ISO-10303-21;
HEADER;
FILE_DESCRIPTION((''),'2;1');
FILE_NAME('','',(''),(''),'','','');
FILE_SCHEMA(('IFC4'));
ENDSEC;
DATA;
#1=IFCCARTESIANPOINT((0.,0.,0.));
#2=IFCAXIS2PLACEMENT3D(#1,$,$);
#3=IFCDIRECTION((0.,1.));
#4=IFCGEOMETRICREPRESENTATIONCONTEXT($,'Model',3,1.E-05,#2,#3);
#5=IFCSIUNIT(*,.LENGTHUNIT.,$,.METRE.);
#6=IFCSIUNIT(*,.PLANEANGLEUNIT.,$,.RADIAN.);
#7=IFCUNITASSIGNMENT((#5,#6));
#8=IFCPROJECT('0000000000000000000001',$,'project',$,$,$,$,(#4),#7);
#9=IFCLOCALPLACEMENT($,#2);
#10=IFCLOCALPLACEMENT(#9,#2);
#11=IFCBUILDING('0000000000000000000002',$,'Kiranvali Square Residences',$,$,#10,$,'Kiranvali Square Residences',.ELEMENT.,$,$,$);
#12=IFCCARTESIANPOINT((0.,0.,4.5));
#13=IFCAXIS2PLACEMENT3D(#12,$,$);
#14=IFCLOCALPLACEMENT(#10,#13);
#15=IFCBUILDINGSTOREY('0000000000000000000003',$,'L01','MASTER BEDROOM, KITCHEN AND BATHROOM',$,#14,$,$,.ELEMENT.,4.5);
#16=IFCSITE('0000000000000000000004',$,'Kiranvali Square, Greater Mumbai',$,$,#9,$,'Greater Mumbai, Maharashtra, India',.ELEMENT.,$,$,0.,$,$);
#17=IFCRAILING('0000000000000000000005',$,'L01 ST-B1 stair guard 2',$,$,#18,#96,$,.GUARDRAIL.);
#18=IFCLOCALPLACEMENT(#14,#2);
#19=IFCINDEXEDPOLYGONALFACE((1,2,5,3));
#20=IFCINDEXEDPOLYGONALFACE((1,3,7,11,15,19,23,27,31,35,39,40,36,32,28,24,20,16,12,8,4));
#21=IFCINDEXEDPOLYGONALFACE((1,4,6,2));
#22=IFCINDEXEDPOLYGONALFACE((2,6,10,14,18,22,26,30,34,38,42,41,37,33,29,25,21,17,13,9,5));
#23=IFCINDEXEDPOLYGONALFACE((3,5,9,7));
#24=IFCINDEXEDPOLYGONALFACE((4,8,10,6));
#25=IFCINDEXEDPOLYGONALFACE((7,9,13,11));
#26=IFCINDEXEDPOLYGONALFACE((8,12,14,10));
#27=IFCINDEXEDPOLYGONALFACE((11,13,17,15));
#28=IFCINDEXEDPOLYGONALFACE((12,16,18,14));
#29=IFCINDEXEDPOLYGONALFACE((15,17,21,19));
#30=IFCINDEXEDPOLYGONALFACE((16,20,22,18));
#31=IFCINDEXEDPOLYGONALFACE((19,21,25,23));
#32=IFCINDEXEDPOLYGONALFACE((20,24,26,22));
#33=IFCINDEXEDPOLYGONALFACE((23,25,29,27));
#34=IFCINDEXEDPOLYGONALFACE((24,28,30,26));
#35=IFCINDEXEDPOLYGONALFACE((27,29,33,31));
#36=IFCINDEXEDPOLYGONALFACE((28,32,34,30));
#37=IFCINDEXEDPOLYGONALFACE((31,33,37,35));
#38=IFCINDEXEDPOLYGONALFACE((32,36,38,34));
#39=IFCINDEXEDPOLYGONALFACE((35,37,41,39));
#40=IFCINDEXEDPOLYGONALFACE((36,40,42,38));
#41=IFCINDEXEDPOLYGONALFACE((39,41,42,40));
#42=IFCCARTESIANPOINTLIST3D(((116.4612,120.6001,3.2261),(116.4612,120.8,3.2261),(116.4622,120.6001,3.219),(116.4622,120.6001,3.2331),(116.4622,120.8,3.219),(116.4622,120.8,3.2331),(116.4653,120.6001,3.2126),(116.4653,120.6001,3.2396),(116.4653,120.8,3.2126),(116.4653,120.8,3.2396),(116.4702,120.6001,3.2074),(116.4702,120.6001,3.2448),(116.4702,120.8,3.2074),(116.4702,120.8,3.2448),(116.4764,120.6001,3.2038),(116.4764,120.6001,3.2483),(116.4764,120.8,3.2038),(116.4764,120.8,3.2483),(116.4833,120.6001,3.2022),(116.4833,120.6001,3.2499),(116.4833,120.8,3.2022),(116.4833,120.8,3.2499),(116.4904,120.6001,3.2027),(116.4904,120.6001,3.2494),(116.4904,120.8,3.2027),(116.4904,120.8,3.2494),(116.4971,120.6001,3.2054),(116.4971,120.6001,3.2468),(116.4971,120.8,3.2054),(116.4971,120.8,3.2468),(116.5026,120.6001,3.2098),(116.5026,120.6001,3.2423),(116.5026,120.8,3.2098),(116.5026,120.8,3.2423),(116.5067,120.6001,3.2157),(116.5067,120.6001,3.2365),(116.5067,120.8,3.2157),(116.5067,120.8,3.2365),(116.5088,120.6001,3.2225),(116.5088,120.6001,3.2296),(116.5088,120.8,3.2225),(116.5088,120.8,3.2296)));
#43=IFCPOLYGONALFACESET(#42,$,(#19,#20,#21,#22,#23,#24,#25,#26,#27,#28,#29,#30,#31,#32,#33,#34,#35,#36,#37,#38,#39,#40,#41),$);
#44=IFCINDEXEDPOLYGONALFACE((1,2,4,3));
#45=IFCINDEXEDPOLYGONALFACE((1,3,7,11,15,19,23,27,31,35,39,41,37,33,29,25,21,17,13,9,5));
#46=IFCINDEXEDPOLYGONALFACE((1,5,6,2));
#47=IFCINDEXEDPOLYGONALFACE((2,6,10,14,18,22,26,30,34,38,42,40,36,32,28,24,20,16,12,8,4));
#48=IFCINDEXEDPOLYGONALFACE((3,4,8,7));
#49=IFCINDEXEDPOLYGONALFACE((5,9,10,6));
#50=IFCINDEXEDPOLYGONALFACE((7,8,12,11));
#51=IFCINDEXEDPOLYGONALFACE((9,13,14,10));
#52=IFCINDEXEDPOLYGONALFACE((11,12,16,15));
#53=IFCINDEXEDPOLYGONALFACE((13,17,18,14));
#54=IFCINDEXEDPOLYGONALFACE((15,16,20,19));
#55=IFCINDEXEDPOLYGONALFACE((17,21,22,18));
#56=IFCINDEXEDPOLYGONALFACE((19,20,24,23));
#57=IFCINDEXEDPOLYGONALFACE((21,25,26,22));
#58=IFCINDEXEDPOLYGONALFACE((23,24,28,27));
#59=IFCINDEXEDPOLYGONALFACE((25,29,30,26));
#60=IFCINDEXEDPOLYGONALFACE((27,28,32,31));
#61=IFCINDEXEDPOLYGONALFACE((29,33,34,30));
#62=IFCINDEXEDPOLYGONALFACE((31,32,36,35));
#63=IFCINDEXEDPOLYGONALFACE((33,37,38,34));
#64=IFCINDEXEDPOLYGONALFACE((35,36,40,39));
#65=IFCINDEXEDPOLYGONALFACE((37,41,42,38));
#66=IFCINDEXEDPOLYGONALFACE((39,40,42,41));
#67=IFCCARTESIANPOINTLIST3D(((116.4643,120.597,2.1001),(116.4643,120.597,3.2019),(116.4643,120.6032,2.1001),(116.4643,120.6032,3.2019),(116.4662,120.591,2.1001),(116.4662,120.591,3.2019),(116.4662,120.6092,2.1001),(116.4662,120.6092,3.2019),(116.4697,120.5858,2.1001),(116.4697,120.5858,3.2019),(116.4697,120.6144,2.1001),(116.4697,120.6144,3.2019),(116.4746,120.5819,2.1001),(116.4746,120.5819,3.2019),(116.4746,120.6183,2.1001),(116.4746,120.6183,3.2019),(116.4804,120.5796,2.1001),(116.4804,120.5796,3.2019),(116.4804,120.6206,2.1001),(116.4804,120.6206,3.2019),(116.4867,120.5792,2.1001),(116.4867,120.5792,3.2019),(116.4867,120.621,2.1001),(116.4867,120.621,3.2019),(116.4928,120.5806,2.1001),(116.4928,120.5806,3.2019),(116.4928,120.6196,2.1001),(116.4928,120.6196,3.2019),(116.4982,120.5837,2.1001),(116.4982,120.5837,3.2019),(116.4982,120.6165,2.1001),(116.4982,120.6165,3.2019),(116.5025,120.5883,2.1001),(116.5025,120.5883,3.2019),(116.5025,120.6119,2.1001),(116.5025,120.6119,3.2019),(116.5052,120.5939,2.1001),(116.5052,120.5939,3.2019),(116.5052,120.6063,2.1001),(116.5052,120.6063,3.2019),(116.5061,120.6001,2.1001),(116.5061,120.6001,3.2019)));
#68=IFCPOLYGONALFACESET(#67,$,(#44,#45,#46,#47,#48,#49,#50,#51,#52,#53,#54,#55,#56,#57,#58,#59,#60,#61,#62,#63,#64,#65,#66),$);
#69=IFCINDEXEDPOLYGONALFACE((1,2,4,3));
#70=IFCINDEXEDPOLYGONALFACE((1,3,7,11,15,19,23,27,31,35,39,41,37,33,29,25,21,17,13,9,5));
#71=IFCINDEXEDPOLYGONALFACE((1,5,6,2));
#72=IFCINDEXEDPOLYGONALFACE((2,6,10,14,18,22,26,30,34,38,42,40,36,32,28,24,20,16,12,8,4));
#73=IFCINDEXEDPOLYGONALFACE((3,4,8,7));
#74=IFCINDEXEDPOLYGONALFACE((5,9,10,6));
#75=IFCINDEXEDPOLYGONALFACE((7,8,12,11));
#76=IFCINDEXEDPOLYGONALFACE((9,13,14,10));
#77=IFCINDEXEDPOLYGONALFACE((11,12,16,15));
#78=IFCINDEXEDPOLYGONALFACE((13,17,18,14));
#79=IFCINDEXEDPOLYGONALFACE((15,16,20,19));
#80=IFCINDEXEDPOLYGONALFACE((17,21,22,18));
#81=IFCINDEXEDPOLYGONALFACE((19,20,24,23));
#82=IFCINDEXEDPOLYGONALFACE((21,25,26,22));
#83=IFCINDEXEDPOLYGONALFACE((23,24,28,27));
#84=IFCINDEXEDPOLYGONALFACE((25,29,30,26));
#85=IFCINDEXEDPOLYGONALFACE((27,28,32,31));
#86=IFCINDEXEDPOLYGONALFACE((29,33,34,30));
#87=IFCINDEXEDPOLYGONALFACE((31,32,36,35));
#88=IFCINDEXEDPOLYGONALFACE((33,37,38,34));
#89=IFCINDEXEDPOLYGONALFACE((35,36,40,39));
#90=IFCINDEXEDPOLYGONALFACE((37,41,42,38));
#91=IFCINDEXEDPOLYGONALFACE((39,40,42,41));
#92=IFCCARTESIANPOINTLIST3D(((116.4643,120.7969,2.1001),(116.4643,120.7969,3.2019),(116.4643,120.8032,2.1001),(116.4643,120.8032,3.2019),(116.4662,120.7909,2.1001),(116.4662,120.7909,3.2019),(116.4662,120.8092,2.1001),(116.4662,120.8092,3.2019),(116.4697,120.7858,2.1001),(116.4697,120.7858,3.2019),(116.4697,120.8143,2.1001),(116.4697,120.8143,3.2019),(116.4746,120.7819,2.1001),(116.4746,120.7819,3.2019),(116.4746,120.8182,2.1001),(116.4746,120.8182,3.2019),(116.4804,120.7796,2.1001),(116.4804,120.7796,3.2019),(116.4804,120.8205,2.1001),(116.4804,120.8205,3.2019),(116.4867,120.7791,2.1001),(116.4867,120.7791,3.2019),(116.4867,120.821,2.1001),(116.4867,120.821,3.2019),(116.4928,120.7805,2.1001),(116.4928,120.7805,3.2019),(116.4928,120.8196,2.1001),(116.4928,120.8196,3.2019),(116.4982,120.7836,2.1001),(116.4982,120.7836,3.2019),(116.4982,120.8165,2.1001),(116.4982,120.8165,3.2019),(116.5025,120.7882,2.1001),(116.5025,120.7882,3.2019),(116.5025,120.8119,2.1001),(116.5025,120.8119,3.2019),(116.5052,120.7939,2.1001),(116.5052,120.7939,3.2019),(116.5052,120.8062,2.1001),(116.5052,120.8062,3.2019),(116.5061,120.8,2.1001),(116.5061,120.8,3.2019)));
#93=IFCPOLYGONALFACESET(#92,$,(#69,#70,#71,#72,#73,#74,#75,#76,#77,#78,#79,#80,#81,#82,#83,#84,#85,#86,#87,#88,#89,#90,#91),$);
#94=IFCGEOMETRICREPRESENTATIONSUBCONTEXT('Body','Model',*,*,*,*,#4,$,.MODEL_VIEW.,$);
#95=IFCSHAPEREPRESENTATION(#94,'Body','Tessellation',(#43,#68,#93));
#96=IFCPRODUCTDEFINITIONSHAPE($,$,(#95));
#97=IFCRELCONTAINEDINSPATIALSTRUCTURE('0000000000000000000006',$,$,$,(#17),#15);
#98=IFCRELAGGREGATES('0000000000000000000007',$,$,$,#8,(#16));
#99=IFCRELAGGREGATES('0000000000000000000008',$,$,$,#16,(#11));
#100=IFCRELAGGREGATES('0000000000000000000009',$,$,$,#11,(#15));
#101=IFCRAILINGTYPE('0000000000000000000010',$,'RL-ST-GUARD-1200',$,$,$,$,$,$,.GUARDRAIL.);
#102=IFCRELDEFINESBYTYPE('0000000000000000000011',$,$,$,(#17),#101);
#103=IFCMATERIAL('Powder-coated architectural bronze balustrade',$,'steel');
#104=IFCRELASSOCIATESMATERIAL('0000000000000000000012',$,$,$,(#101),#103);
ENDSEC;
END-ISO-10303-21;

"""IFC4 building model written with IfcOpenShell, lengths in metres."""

from ifc_helpers import new_model, si_unit, direction, frame, origin, origin_2d, place, context, subcontext, project, spatial, circle, extrude, material, type_object, element, save


model = new_model("IFC4")

# Units and contexts
model_context = context("Model", 3, precision=1e-05, world=origin(), true_north=direction((0.0, 1.0)))
body_context = subcontext(model_context, "Body", "Model", "MODEL_VIEW")
ifc_project = project(units=[si_unit("LENGTHUNIT", "METRE"), si_unit("PLANEANGLEUNIT", "RADIAN")], contexts=[model_context])

# Site, building, storey
site_placement = place(None, origin())
site = spatial("IfcSite", under=ifc_project, at=site_placement, Name="Kiranvali Square, Greater Mumbai", LongName="Greater Mumbai, Maharashtra, India", CompositionType="ELEMENT", RefElevation=0.0)
building_placement = place(site_placement, origin())
building = spatial("IfcBuilding", under=site, at=building_placement, Name="Kiranvali Square Residences", LongName="Kiranvali Square Residences", CompositionType="ELEMENT")
storey_placement = place(building_placement, frame((0.0, 0.0, 4.5)))
storey = spatial("IfcBuildingStorey", under=building, at=storey_placement, Name="L01", Description="MASTER BEDROOM, KITCHEN AND BATHROOM", CompositionType="ELEMENT", Elevation=4.5)

# Railing
ifc_material_1 = material(Name="Powder-coated architectural bronze balustrade", Category="steel")
railing_type_1 = type_object("IfcRailingType", Name="RL-ST-GUARD-1200", PredefinedType="GUARDRAIL", material=ifc_material_1)
railing_1_placement = place(storey_placement, frame((116.4851, 120.6001, 2.1001)))
element("IfcRailing", 1, at=railing_1_placement, inside=storey, type_object=railing_type_1, Name="L01 ST-B1 stair guard 2", PredefinedType="GUARDRAIL", context=body_context, shape_type="SweptSolid", body=[
    extrude(circle(Radius=0.0239, at=origin_2d()), frame((0.0, 0.0, 1.126), z_axis=(0.0, 1.0, 0.0), x_axis=(-1.0, 0.0, 0.0)), (0.0, 0.0, 1.0), 0.2),
    extrude(circle(Radius=0.021, at=origin_2d()), origin(), (0.0, 0.0, 1.0), 1.1018),
    extrude(circle(Radius=0.021, at=origin_2d()), frame((0.0, 0.2, 0.0)), (0.0, 0.0, 1.0), 1.1018),
])

save(model, "model.ifc")
